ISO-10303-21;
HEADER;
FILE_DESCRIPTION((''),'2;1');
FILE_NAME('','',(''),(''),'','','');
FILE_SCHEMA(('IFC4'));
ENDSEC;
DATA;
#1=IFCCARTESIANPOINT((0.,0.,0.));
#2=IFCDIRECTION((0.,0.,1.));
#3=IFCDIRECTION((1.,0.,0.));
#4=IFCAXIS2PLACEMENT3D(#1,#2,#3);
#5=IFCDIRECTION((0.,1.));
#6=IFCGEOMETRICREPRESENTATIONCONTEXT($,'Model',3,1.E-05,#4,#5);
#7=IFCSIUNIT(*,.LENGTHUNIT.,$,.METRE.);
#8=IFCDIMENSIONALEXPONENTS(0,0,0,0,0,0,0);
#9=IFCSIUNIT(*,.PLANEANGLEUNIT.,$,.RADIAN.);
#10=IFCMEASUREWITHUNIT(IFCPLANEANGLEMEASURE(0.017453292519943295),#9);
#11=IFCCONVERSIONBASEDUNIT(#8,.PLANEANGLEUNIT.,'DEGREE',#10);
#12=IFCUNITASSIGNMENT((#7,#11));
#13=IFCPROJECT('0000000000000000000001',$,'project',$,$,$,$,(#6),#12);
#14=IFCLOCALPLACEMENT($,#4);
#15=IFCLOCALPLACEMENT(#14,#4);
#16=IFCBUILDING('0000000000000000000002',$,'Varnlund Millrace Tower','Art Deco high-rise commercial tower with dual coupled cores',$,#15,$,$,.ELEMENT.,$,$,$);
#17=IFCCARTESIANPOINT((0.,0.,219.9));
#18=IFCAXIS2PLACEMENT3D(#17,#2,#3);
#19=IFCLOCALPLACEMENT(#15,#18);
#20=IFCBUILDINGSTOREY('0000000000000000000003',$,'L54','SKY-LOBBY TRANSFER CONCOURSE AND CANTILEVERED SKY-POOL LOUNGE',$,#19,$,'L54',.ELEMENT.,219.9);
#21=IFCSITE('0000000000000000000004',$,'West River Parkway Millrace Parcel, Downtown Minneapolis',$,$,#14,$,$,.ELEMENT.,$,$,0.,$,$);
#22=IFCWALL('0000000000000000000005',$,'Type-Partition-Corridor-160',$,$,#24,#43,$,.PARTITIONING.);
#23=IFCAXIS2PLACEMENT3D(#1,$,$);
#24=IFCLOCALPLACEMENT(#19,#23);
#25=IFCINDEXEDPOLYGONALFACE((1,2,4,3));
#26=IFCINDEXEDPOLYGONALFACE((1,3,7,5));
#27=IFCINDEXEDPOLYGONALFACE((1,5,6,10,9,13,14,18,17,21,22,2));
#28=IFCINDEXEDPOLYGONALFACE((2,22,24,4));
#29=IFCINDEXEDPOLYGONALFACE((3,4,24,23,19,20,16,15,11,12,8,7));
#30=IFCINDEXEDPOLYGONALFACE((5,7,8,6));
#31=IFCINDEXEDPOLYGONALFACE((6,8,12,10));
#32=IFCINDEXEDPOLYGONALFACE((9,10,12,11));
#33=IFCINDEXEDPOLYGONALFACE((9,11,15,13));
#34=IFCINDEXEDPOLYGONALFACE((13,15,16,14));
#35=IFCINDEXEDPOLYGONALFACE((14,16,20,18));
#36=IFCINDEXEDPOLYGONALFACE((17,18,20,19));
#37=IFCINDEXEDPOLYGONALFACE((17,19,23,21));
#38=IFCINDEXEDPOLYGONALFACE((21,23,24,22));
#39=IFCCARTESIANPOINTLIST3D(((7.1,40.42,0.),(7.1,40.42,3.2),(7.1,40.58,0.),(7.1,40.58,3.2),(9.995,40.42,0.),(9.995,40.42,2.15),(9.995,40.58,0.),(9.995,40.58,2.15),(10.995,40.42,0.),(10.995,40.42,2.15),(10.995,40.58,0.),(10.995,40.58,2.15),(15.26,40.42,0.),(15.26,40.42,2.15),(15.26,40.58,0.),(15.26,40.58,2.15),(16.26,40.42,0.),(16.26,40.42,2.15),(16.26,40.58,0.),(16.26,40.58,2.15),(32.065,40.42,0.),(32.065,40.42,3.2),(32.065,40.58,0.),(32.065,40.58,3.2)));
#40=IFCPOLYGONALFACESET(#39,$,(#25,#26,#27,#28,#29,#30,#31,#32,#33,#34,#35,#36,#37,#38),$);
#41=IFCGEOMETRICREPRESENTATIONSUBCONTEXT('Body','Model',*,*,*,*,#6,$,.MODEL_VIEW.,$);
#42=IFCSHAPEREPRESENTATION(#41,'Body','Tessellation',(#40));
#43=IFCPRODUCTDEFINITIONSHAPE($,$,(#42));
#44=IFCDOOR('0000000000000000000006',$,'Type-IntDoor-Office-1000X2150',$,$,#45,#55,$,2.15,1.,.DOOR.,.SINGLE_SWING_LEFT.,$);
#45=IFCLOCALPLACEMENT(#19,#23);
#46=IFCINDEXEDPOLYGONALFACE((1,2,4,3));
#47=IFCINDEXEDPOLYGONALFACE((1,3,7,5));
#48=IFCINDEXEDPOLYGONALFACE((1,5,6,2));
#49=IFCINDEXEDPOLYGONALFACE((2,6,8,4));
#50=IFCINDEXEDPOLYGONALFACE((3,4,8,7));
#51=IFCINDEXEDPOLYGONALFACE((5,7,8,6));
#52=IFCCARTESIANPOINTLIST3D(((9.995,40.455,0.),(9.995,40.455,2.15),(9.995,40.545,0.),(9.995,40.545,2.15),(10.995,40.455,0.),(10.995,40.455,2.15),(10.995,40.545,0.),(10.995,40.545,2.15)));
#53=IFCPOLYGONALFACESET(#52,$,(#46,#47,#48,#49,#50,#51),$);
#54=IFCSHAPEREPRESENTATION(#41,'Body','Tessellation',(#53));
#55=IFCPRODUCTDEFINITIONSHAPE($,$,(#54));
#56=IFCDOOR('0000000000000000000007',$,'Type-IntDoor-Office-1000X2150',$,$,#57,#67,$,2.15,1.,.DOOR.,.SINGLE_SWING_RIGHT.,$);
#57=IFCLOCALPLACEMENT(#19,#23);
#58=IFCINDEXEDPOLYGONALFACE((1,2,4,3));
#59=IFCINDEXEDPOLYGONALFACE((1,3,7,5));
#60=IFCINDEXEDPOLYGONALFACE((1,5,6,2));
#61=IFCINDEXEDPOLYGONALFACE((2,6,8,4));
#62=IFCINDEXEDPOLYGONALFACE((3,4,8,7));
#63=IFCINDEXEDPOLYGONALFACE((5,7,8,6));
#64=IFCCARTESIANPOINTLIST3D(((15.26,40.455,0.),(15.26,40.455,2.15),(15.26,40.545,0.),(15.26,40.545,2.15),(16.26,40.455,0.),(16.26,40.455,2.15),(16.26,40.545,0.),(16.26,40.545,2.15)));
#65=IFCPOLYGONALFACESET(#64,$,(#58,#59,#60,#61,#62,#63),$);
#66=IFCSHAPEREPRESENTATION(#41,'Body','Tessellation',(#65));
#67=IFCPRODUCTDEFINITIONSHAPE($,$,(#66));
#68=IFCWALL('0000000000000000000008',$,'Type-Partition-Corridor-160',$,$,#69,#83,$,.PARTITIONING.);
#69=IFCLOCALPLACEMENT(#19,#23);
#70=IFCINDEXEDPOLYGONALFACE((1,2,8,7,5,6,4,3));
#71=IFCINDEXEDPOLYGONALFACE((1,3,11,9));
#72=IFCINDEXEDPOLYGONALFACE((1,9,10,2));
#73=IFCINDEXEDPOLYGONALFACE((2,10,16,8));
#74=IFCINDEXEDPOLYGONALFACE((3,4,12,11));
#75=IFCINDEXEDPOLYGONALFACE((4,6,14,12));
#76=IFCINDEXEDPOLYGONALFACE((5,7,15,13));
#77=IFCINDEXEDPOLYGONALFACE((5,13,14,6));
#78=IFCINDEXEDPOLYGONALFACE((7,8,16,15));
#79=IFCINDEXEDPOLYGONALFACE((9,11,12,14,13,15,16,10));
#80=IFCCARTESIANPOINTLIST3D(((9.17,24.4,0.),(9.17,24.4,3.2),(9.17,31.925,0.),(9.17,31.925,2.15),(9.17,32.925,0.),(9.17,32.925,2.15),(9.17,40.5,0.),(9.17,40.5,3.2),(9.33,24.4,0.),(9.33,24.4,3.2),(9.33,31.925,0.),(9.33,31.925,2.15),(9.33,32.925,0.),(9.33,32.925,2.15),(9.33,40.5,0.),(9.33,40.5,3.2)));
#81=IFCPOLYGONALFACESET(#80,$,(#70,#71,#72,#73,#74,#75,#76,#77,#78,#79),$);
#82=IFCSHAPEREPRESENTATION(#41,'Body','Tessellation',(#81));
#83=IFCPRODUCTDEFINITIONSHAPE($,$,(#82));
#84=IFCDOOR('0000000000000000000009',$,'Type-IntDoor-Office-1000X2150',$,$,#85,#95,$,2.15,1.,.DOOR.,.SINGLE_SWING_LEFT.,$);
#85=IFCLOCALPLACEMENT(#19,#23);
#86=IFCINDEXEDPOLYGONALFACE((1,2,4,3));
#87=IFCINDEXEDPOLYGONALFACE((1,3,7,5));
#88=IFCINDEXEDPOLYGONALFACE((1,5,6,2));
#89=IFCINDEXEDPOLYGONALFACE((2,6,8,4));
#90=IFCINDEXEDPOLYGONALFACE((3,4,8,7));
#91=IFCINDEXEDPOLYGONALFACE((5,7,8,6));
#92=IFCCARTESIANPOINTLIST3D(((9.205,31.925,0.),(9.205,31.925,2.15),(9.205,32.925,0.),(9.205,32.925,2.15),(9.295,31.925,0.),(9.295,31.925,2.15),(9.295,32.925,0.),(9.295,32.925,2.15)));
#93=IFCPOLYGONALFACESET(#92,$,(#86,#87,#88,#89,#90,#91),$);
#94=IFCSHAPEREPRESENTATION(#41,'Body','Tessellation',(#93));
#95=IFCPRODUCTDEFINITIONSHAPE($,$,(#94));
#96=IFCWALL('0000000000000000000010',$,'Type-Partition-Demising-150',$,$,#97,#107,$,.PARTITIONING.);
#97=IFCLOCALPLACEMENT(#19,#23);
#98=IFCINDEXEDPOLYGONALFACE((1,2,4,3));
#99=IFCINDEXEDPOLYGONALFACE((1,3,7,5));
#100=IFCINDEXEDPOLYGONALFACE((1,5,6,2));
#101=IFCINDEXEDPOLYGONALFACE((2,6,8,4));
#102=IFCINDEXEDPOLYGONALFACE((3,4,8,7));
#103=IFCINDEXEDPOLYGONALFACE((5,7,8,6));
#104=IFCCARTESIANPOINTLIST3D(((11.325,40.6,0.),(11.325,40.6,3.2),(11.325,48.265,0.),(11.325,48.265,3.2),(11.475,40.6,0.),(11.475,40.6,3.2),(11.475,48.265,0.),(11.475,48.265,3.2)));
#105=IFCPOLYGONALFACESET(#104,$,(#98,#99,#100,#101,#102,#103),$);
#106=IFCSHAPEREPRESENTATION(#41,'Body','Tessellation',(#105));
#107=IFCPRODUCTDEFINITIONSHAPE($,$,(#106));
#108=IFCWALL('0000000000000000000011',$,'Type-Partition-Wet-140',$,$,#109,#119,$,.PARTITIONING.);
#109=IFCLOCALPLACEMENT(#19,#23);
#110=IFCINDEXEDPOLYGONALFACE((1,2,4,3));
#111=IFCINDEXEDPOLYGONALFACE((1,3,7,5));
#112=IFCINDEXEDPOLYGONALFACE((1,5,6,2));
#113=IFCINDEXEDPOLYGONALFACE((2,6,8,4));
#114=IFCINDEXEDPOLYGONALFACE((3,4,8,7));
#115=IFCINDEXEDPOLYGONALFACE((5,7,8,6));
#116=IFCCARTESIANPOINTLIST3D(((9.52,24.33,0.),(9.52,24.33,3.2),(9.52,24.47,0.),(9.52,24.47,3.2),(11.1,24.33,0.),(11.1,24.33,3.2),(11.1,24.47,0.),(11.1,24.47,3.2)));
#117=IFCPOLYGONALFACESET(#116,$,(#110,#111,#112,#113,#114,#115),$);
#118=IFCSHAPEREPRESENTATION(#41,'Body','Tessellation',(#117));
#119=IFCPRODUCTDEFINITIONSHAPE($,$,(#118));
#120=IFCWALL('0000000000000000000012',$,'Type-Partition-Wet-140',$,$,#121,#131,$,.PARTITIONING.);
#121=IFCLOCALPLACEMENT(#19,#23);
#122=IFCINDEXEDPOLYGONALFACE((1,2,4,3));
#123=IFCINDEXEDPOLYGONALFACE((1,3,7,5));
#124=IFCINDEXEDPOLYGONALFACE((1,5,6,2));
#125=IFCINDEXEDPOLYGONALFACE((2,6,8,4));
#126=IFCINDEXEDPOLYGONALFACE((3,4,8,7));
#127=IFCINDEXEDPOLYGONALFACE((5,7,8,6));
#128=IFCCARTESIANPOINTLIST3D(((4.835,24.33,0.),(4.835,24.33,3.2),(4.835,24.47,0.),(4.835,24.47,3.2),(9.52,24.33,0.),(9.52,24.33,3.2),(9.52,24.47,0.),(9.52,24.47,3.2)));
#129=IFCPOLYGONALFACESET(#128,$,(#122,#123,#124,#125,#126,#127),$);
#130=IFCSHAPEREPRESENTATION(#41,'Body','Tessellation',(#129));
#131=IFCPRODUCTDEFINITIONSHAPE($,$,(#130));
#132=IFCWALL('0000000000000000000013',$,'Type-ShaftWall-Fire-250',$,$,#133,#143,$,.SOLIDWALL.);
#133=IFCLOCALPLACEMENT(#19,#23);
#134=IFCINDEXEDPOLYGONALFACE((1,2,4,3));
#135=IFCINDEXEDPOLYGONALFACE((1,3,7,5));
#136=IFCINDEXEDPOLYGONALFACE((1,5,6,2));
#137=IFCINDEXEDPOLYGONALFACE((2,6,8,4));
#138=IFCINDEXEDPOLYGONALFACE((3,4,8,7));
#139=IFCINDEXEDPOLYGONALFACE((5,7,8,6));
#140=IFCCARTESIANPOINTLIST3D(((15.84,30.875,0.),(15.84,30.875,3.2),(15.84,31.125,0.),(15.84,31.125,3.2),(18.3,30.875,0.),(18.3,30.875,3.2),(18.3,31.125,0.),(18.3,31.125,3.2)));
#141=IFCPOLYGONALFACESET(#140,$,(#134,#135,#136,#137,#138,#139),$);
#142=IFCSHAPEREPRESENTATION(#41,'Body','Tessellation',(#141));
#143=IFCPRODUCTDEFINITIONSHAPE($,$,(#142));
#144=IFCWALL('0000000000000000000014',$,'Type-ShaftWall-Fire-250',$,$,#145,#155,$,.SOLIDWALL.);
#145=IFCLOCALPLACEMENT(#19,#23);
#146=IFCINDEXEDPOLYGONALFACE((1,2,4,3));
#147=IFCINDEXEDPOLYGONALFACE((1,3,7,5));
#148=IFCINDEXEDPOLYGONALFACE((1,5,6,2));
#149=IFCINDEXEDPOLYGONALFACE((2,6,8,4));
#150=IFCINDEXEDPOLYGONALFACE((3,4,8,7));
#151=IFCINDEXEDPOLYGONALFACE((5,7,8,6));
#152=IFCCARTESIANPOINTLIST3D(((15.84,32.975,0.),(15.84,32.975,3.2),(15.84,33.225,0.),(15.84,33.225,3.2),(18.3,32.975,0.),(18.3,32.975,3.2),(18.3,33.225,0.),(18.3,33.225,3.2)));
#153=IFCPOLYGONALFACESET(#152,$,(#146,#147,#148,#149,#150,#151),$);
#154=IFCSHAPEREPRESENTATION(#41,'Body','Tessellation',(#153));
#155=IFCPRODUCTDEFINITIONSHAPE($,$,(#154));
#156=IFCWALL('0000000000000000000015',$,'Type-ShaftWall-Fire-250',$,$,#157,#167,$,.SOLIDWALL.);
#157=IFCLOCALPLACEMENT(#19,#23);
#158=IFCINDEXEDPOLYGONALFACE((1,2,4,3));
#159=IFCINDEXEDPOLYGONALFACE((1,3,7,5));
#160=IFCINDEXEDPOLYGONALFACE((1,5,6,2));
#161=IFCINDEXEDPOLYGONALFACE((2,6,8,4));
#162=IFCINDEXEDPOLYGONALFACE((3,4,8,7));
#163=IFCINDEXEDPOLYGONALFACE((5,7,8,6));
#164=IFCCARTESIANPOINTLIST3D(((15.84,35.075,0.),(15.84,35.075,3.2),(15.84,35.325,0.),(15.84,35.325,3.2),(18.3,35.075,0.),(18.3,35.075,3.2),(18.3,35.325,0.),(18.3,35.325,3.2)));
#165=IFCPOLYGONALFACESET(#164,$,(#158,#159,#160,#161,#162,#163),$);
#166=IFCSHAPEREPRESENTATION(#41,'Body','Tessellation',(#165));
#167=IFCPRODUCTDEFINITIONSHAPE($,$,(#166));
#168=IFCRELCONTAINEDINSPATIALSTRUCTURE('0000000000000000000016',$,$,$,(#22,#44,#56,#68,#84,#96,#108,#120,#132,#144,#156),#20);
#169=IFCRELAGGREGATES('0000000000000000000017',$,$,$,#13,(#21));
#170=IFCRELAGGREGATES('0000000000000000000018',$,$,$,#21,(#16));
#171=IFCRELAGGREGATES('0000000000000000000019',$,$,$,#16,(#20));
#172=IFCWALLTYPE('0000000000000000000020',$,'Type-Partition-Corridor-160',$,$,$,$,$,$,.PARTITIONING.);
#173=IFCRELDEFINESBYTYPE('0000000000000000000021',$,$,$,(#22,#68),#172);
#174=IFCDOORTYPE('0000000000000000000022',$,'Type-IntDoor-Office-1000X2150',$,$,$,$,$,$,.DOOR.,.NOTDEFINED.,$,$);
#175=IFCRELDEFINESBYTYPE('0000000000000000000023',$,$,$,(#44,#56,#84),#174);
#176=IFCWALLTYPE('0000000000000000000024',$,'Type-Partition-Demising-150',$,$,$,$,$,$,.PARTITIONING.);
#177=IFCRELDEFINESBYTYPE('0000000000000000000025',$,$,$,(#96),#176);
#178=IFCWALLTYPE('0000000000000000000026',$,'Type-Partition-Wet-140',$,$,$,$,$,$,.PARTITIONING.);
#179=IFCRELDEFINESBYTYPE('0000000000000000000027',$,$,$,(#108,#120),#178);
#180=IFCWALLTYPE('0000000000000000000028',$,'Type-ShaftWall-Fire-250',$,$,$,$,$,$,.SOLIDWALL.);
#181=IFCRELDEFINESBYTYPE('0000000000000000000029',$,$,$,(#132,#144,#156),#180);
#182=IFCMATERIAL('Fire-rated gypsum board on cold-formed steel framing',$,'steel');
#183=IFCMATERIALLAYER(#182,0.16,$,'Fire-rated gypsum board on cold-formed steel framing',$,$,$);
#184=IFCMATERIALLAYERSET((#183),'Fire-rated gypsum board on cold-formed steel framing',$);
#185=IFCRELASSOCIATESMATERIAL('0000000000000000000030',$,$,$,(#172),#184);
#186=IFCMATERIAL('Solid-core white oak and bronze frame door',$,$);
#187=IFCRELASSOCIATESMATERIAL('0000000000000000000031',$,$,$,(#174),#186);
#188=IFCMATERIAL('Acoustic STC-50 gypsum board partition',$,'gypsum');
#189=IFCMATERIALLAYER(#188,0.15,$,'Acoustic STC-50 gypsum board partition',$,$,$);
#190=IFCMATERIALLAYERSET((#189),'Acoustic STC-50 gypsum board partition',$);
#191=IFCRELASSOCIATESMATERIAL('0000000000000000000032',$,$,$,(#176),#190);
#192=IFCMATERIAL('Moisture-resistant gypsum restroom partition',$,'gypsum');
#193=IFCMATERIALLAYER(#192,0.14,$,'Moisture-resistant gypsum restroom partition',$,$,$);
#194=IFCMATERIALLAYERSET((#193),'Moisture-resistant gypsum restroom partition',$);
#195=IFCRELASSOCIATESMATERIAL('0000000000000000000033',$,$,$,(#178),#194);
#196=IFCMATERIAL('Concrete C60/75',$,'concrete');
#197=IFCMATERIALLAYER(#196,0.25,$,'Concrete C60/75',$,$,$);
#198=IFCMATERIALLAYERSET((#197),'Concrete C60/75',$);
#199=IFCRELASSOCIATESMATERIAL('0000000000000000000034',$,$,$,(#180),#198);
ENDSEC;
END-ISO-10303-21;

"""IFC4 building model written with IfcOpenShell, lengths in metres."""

from ifc_helpers import new_model, entity, si_unit, converted_unit, direction, frame, origin_with_axes, origin_2d_with_axis, place, context, subcontext, project, spatial, polyline, rectangle, outline, extrude, material, layer, layer_set, type_object, element, fill, save


model = new_model("IFC4")

# Units and contexts
model_context = context("Model", 3, precision=1e-05, world=origin_with_axes(), true_north=direction((0.0, 1.0)))
body_context = subcontext(model_context, "Body", "Model", "MODEL_VIEW")
ifc_project = project(units=[si_unit("LENGTHUNIT", "METRE"), converted_unit("PLANEANGLEUNIT", "DEGREE", entity("IfcPlaneAngleMeasure", 0.017453292519943295), si_unit("PLANEANGLEUNIT", "RADIAN"), dimensions=[0, 0, 0, 0, 0, 0, 0])], contexts=[model_context])

# Site, building, storey
site_placement = place(None, origin_with_axes())
site = spatial("IfcSite", under=ifc_project, at=site_placement, Name="West River Parkway Millrace Parcel, Downtown Minneapolis", CompositionType="ELEMENT", RefElevation=0.0)
building_placement = place(site_placement, origin_with_axes())
building = spatial("IfcBuilding", under=site, at=building_placement, Name="Varnlund Millrace Tower", Description="Art Deco high-rise commercial tower with dual coupled cores", CompositionType="ELEMENT")
storey_placement = place(building_placement, frame((0.0, 0.0, 219.9), z_axis=(0.0, 0.0, 1.0), x_axis=(1.0, 0.0, 0.0)))
storey = spatial("IfcBuildingStorey", under=building, at=storey_placement, Name="L54", Description="SKY-LOBBY TRANSFER CONCOURSE AND CANTILEVERED SKY-POOL LOUNGE", LongName="L54", CompositionType="ELEMENT", Elevation=219.9)

# Shared definitions
ifc_material_1 = material(Name="Fire-rated gypsum board on cold-formed steel framing", Category="steel")
ifc_layer_1 = layer(ifc_material_1, 0.16, Name="Fire-rated gypsum board on cold-formed steel framing")
ifc_layer_set_1 = layer_set([ifc_layer_1], Name="Fire-rated gypsum board on cold-formed steel framing")
wall_type_1 = type_object("IfcWallType", Name="Type-Partition-Corridor-160", PredefinedType="PARTITIONING", material=ifc_layer_set_1)

# Wall, openings, doors
wall_1_placement = place(storey_placement, frame((7.1, 40.5, 0.0), z_axis=(0.0, 0.0, 1.0), x_axis=(1.0, 0.0, 0.0)))
wall_1 = element("IfcWall", 1, at=wall_1_placement, inside=storey, type_object=wall_type_1, Name="Type-Partition-Corridor-160", PredefinedType="PARTITIONING", context=body_context, shape_type="SweptSolid", body=[
    extrude(outline(polyline([(0.0, -0.08), (24.965, -0.08), (24.965, 0.08), (0.0, 0.08), (0.0, -0.08)])), origin_with_axes(), (0.0, 0.0, 1.0), 3.2),
])
opening_1_placement = place(wall_1_placement, frame((3.395, 0.0, 0.0), z_axis=(0.0, 0.0, 1.0), x_axis=(1.0, 0.0, 0.0)))
opening_1 = element("IfcOpeningElement", 2, at=opening_1_placement, cuts=wall_1, PredefinedType="OPENING", context=body_context, shape_type="SweptSolid", body=[
    extrude(rectangle(XDim=1.0, YDim=0.18, at=origin_2d_with_axis()), origin_with_axes(), (0.0, 0.0, 1.0), 2.15),
])
opening_2_placement = place(wall_1_placement, frame((8.66, 0.0, 0.0), z_axis=(0.0, 0.0, 1.0), x_axis=(1.0, 0.0, 0.0)))
opening_2 = element("IfcOpeningElement", 3, at=opening_2_placement, cuts=wall_1, PredefinedType="OPENING", context=body_context, shape_type="SweptSolid", body=[
    extrude(rectangle(XDim=1.0, YDim=0.18, at=origin_2d_with_axis()), origin_with_axes(), (0.0, 0.0, 1.0), 2.15),
])
ifc_material_2 = material(Name="Solid-core white oak and bronze frame door")
door_type_1 = type_object("IfcDoorType", Name="Type-IntDoor-Office-1000X2150", OperationType="NOTDEFINED", PredefinedType="DOOR", material=ifc_material_2)
door_1_placement = place(wall_1_placement, frame((3.395, 0.0, 0.0), z_axis=(0.0, 0.0, 1.0), x_axis=(1.0, 0.0, 0.0)))
door_1 = element("IfcDoor", 4, at=door_1_placement, inside=storey, type_object=door_type_1, Name="Type-IntDoor-Office-1000X2150", OperationType="SINGLE_SWING_LEFT", OverallHeight=2.15, OverallWidth=1.0, PredefinedType="DOOR", context=body_context, shape_type="SweptSolid", body=[
    extrude(rectangle(XDim=1.0, YDim=0.09, at=origin_2d_with_axis()), origin_with_axes(), (0.0, 0.0, 1.0), 2.15),
])
fill(opening_1, door_1)
door_2_placement = place(wall_1_placement, frame((8.66, 0.0, 0.0), z_axis=(0.0, 0.0, 1.0), x_axis=(1.0, 0.0, 0.0)))
door_2 = element("IfcDoor", 5, at=door_2_placement, inside=storey, type_object=door_type_1, Name="Type-IntDoor-Office-1000X2150", OperationType="SINGLE_SWING_RIGHT", OverallHeight=2.15, OverallWidth=1.0, PredefinedType="DOOR", context=body_context, shape_type="SweptSolid", body=[
    extrude(rectangle(XDim=1.0, YDim=0.09, at=origin_2d_with_axis()), origin_with_axes(), (0.0, 0.0, 1.0), 2.15),
])
fill(opening_2, door_2)

# Wall, opening, door
wall_2_placement = place(storey_placement, frame((9.25, 24.4, 0.0), z_axis=(0.0, 0.0, 1.0), x_axis=(0.0, 1.0, 0.0)))
wall_2 = element("IfcWall", 6, at=wall_2_placement, inside=storey, type_object=wall_type_1, Name="Type-Partition-Corridor-160", PredefinedType="PARTITIONING", context=body_context, shape_type="SweptSolid", body=[
    extrude(outline(polyline([(0.0, -0.08), (16.1, -0.08), (16.1, 0.08), (0.0, 0.08), (0.0, -0.08)])), origin_with_axes(), (0.0, 0.0, 1.0), 3.2),
])
opening_3_placement = place(wall_2_placement, frame((8.025, 0.0, 0.0), z_axis=(0.0, 0.0, 1.0), x_axis=(1.0, 0.0, 0.0)))
opening_3 = element("IfcOpeningElement", 7, at=opening_3_placement, cuts=wall_2, PredefinedType="OPENING", context=body_context, shape_type="SweptSolid", body=[
    extrude(rectangle(XDim=1.0, YDim=0.18, at=origin_2d_with_axis()), origin_with_axes(), (0.0, 0.0, 1.0), 2.15),
])
door_3_placement = place(wall_2_placement, frame((8.025, 0.0, 0.0), z_axis=(0.0, 0.0, 1.0), x_axis=(1.0, 0.0, 0.0)))
door_3 = element("IfcDoor", 8, at=door_3_placement, inside=storey, type_object=door_type_1, Name="Type-IntDoor-Office-1000X2150", OperationType="SINGLE_SWING_LEFT", OverallHeight=2.15, OverallWidth=1.0, PredefinedType="DOOR", context=body_context, shape_type="SweptSolid", body=[
    extrude(rectangle(XDim=1.0, YDim=0.09, at=origin_2d_with_axis()), origin_with_axes(), (0.0, 0.0, 1.0), 2.15),
])
fill(opening_3, door_3)

# Walls
ifc_material_3 = material(Name="Acoustic STC-50 gypsum board partition", Category="gypsum")
ifc_layer_2 = layer(ifc_material_3, 0.15, Name="Acoustic STC-50 gypsum board partition")
ifc_layer_set_2 = layer_set([ifc_layer_2], Name="Acoustic STC-50 gypsum board partition")
wall_type_2 = type_object("IfcWallType", Name="Type-Partition-Demising-150", PredefinedType="PARTITIONING", material=ifc_layer_set_2)
wall_3_placement = place(storey_placement, frame((11.4, 40.6, 0.0), z_axis=(0.0, 0.0, 1.0), x_axis=(0.0, 1.0, 0.0)))
element("IfcWall", 9, at=wall_3_placement, inside=storey, type_object=wall_type_2, Name="Type-Partition-Demising-150", PredefinedType="PARTITIONING", context=body_context, shape_type="SweptSolid", body=[
    extrude(outline(polyline([(0.0, -0.075), (7.665, -0.075), (7.665, 0.075), (0.0, 0.075), (0.0, -0.075)])), origin_with_axes(), (0.0, 0.0, 1.0), 3.2),
])
ifc_material_4 = material(Name="Moisture-resistant gypsum restroom partition", Category="gypsum")
ifc_layer_3 = layer(ifc_material_4, 0.14, Name="Moisture-resistant gypsum restroom partition")
ifc_layer_set_3 = layer_set([ifc_layer_3], Name="Moisture-resistant gypsum restroom partition")
wall_type_3 = type_object("IfcWallType", Name="Type-Partition-Wet-140", PredefinedType="PARTITIONING", material=ifc_layer_set_3)
wall_4_placement = place(storey_placement, frame((9.52, 24.4, 0.0), z_axis=(0.0, 0.0, 1.0), x_axis=(1.0, 0.0, 0.0)))
element("IfcWall", 10, at=wall_4_placement, inside=storey, type_object=wall_type_3, Name="Type-Partition-Wet-140", PredefinedType="PARTITIONING", context=body_context, shape_type="SweptSolid", body=[
    extrude(outline(polyline([(0.0, -0.07), (1.58, -0.07), (1.58, 0.07), (0.0, 0.07), (0.0, -0.07)])), origin_with_axes(), (0.0, 0.0, 1.0), 3.2),
])
wall_5_placement = place(storey_placement, frame((4.835, 24.4, 0.0), z_axis=(0.0, 0.0, 1.0), x_axis=(1.0, 0.0, 0.0)))
element("IfcWall", 11, at=wall_5_placement, inside=storey, type_object=wall_type_3, Name="Type-Partition-Wet-140", PredefinedType="PARTITIONING", context=body_context, shape_type="SweptSolid", body=[
    extrude(outline(polyline([(0.0, -0.07), (4.685, -0.07), (4.685, 0.07), (0.0, 0.07), (0.0, -0.07)])), origin_with_axes(), (0.0, 0.0, 1.0), 3.2),
])
ifc_material_5 = material(Name="Concrete C60/75", Category="concrete")
ifc_layer_4 = layer(ifc_material_5, 0.25, Name="Concrete C60/75")
ifc_layer_set_4 = layer_set([ifc_layer_4], Name="Concrete C60/75")
wall_type_4 = type_object("IfcWallType", Name="Type-ShaftWall-Fire-250", PredefinedType="SOLIDWALL", material=ifc_layer_set_4)
for number, where, z_axis, x_axis, name in (
    (12, (15.84, 31.0, 0.0), (0.0, 0.0, 1.0), (1.0, 0.0, 0.0), "Type-ShaftWall-Fire-250"),
    (13, (15.84, 33.1, 0.0), (0.0, 0.0, 1.0), (1.0, 0.0, 0.0), "Type-ShaftWall-Fire-250"),
    (14, (15.84, 35.2, 0.0), (0.0, 0.0, 1.0), (1.0, 0.0, 0.0), "Type-ShaftWall-Fire-250"),
):
    element("IfcWall", number, at=place(storey_placement, frame(where, z_axis=z_axis, x_axis=x_axis)), inside=storey, type_object=wall_type_4, Name=name, PredefinedType="SOLIDWALL", context=body_context, shape_type="SweptSolid", body=[
        extrude(outline(polyline([(0.0, -0.125), (2.46, -0.125), (2.46, 0.125), (0.0, 0.125), (0.0, -0.125)])), origin_with_axes(), (0.0, 0.0, 1.0), 3.2),
    ])

save(model, "model.ifc")
